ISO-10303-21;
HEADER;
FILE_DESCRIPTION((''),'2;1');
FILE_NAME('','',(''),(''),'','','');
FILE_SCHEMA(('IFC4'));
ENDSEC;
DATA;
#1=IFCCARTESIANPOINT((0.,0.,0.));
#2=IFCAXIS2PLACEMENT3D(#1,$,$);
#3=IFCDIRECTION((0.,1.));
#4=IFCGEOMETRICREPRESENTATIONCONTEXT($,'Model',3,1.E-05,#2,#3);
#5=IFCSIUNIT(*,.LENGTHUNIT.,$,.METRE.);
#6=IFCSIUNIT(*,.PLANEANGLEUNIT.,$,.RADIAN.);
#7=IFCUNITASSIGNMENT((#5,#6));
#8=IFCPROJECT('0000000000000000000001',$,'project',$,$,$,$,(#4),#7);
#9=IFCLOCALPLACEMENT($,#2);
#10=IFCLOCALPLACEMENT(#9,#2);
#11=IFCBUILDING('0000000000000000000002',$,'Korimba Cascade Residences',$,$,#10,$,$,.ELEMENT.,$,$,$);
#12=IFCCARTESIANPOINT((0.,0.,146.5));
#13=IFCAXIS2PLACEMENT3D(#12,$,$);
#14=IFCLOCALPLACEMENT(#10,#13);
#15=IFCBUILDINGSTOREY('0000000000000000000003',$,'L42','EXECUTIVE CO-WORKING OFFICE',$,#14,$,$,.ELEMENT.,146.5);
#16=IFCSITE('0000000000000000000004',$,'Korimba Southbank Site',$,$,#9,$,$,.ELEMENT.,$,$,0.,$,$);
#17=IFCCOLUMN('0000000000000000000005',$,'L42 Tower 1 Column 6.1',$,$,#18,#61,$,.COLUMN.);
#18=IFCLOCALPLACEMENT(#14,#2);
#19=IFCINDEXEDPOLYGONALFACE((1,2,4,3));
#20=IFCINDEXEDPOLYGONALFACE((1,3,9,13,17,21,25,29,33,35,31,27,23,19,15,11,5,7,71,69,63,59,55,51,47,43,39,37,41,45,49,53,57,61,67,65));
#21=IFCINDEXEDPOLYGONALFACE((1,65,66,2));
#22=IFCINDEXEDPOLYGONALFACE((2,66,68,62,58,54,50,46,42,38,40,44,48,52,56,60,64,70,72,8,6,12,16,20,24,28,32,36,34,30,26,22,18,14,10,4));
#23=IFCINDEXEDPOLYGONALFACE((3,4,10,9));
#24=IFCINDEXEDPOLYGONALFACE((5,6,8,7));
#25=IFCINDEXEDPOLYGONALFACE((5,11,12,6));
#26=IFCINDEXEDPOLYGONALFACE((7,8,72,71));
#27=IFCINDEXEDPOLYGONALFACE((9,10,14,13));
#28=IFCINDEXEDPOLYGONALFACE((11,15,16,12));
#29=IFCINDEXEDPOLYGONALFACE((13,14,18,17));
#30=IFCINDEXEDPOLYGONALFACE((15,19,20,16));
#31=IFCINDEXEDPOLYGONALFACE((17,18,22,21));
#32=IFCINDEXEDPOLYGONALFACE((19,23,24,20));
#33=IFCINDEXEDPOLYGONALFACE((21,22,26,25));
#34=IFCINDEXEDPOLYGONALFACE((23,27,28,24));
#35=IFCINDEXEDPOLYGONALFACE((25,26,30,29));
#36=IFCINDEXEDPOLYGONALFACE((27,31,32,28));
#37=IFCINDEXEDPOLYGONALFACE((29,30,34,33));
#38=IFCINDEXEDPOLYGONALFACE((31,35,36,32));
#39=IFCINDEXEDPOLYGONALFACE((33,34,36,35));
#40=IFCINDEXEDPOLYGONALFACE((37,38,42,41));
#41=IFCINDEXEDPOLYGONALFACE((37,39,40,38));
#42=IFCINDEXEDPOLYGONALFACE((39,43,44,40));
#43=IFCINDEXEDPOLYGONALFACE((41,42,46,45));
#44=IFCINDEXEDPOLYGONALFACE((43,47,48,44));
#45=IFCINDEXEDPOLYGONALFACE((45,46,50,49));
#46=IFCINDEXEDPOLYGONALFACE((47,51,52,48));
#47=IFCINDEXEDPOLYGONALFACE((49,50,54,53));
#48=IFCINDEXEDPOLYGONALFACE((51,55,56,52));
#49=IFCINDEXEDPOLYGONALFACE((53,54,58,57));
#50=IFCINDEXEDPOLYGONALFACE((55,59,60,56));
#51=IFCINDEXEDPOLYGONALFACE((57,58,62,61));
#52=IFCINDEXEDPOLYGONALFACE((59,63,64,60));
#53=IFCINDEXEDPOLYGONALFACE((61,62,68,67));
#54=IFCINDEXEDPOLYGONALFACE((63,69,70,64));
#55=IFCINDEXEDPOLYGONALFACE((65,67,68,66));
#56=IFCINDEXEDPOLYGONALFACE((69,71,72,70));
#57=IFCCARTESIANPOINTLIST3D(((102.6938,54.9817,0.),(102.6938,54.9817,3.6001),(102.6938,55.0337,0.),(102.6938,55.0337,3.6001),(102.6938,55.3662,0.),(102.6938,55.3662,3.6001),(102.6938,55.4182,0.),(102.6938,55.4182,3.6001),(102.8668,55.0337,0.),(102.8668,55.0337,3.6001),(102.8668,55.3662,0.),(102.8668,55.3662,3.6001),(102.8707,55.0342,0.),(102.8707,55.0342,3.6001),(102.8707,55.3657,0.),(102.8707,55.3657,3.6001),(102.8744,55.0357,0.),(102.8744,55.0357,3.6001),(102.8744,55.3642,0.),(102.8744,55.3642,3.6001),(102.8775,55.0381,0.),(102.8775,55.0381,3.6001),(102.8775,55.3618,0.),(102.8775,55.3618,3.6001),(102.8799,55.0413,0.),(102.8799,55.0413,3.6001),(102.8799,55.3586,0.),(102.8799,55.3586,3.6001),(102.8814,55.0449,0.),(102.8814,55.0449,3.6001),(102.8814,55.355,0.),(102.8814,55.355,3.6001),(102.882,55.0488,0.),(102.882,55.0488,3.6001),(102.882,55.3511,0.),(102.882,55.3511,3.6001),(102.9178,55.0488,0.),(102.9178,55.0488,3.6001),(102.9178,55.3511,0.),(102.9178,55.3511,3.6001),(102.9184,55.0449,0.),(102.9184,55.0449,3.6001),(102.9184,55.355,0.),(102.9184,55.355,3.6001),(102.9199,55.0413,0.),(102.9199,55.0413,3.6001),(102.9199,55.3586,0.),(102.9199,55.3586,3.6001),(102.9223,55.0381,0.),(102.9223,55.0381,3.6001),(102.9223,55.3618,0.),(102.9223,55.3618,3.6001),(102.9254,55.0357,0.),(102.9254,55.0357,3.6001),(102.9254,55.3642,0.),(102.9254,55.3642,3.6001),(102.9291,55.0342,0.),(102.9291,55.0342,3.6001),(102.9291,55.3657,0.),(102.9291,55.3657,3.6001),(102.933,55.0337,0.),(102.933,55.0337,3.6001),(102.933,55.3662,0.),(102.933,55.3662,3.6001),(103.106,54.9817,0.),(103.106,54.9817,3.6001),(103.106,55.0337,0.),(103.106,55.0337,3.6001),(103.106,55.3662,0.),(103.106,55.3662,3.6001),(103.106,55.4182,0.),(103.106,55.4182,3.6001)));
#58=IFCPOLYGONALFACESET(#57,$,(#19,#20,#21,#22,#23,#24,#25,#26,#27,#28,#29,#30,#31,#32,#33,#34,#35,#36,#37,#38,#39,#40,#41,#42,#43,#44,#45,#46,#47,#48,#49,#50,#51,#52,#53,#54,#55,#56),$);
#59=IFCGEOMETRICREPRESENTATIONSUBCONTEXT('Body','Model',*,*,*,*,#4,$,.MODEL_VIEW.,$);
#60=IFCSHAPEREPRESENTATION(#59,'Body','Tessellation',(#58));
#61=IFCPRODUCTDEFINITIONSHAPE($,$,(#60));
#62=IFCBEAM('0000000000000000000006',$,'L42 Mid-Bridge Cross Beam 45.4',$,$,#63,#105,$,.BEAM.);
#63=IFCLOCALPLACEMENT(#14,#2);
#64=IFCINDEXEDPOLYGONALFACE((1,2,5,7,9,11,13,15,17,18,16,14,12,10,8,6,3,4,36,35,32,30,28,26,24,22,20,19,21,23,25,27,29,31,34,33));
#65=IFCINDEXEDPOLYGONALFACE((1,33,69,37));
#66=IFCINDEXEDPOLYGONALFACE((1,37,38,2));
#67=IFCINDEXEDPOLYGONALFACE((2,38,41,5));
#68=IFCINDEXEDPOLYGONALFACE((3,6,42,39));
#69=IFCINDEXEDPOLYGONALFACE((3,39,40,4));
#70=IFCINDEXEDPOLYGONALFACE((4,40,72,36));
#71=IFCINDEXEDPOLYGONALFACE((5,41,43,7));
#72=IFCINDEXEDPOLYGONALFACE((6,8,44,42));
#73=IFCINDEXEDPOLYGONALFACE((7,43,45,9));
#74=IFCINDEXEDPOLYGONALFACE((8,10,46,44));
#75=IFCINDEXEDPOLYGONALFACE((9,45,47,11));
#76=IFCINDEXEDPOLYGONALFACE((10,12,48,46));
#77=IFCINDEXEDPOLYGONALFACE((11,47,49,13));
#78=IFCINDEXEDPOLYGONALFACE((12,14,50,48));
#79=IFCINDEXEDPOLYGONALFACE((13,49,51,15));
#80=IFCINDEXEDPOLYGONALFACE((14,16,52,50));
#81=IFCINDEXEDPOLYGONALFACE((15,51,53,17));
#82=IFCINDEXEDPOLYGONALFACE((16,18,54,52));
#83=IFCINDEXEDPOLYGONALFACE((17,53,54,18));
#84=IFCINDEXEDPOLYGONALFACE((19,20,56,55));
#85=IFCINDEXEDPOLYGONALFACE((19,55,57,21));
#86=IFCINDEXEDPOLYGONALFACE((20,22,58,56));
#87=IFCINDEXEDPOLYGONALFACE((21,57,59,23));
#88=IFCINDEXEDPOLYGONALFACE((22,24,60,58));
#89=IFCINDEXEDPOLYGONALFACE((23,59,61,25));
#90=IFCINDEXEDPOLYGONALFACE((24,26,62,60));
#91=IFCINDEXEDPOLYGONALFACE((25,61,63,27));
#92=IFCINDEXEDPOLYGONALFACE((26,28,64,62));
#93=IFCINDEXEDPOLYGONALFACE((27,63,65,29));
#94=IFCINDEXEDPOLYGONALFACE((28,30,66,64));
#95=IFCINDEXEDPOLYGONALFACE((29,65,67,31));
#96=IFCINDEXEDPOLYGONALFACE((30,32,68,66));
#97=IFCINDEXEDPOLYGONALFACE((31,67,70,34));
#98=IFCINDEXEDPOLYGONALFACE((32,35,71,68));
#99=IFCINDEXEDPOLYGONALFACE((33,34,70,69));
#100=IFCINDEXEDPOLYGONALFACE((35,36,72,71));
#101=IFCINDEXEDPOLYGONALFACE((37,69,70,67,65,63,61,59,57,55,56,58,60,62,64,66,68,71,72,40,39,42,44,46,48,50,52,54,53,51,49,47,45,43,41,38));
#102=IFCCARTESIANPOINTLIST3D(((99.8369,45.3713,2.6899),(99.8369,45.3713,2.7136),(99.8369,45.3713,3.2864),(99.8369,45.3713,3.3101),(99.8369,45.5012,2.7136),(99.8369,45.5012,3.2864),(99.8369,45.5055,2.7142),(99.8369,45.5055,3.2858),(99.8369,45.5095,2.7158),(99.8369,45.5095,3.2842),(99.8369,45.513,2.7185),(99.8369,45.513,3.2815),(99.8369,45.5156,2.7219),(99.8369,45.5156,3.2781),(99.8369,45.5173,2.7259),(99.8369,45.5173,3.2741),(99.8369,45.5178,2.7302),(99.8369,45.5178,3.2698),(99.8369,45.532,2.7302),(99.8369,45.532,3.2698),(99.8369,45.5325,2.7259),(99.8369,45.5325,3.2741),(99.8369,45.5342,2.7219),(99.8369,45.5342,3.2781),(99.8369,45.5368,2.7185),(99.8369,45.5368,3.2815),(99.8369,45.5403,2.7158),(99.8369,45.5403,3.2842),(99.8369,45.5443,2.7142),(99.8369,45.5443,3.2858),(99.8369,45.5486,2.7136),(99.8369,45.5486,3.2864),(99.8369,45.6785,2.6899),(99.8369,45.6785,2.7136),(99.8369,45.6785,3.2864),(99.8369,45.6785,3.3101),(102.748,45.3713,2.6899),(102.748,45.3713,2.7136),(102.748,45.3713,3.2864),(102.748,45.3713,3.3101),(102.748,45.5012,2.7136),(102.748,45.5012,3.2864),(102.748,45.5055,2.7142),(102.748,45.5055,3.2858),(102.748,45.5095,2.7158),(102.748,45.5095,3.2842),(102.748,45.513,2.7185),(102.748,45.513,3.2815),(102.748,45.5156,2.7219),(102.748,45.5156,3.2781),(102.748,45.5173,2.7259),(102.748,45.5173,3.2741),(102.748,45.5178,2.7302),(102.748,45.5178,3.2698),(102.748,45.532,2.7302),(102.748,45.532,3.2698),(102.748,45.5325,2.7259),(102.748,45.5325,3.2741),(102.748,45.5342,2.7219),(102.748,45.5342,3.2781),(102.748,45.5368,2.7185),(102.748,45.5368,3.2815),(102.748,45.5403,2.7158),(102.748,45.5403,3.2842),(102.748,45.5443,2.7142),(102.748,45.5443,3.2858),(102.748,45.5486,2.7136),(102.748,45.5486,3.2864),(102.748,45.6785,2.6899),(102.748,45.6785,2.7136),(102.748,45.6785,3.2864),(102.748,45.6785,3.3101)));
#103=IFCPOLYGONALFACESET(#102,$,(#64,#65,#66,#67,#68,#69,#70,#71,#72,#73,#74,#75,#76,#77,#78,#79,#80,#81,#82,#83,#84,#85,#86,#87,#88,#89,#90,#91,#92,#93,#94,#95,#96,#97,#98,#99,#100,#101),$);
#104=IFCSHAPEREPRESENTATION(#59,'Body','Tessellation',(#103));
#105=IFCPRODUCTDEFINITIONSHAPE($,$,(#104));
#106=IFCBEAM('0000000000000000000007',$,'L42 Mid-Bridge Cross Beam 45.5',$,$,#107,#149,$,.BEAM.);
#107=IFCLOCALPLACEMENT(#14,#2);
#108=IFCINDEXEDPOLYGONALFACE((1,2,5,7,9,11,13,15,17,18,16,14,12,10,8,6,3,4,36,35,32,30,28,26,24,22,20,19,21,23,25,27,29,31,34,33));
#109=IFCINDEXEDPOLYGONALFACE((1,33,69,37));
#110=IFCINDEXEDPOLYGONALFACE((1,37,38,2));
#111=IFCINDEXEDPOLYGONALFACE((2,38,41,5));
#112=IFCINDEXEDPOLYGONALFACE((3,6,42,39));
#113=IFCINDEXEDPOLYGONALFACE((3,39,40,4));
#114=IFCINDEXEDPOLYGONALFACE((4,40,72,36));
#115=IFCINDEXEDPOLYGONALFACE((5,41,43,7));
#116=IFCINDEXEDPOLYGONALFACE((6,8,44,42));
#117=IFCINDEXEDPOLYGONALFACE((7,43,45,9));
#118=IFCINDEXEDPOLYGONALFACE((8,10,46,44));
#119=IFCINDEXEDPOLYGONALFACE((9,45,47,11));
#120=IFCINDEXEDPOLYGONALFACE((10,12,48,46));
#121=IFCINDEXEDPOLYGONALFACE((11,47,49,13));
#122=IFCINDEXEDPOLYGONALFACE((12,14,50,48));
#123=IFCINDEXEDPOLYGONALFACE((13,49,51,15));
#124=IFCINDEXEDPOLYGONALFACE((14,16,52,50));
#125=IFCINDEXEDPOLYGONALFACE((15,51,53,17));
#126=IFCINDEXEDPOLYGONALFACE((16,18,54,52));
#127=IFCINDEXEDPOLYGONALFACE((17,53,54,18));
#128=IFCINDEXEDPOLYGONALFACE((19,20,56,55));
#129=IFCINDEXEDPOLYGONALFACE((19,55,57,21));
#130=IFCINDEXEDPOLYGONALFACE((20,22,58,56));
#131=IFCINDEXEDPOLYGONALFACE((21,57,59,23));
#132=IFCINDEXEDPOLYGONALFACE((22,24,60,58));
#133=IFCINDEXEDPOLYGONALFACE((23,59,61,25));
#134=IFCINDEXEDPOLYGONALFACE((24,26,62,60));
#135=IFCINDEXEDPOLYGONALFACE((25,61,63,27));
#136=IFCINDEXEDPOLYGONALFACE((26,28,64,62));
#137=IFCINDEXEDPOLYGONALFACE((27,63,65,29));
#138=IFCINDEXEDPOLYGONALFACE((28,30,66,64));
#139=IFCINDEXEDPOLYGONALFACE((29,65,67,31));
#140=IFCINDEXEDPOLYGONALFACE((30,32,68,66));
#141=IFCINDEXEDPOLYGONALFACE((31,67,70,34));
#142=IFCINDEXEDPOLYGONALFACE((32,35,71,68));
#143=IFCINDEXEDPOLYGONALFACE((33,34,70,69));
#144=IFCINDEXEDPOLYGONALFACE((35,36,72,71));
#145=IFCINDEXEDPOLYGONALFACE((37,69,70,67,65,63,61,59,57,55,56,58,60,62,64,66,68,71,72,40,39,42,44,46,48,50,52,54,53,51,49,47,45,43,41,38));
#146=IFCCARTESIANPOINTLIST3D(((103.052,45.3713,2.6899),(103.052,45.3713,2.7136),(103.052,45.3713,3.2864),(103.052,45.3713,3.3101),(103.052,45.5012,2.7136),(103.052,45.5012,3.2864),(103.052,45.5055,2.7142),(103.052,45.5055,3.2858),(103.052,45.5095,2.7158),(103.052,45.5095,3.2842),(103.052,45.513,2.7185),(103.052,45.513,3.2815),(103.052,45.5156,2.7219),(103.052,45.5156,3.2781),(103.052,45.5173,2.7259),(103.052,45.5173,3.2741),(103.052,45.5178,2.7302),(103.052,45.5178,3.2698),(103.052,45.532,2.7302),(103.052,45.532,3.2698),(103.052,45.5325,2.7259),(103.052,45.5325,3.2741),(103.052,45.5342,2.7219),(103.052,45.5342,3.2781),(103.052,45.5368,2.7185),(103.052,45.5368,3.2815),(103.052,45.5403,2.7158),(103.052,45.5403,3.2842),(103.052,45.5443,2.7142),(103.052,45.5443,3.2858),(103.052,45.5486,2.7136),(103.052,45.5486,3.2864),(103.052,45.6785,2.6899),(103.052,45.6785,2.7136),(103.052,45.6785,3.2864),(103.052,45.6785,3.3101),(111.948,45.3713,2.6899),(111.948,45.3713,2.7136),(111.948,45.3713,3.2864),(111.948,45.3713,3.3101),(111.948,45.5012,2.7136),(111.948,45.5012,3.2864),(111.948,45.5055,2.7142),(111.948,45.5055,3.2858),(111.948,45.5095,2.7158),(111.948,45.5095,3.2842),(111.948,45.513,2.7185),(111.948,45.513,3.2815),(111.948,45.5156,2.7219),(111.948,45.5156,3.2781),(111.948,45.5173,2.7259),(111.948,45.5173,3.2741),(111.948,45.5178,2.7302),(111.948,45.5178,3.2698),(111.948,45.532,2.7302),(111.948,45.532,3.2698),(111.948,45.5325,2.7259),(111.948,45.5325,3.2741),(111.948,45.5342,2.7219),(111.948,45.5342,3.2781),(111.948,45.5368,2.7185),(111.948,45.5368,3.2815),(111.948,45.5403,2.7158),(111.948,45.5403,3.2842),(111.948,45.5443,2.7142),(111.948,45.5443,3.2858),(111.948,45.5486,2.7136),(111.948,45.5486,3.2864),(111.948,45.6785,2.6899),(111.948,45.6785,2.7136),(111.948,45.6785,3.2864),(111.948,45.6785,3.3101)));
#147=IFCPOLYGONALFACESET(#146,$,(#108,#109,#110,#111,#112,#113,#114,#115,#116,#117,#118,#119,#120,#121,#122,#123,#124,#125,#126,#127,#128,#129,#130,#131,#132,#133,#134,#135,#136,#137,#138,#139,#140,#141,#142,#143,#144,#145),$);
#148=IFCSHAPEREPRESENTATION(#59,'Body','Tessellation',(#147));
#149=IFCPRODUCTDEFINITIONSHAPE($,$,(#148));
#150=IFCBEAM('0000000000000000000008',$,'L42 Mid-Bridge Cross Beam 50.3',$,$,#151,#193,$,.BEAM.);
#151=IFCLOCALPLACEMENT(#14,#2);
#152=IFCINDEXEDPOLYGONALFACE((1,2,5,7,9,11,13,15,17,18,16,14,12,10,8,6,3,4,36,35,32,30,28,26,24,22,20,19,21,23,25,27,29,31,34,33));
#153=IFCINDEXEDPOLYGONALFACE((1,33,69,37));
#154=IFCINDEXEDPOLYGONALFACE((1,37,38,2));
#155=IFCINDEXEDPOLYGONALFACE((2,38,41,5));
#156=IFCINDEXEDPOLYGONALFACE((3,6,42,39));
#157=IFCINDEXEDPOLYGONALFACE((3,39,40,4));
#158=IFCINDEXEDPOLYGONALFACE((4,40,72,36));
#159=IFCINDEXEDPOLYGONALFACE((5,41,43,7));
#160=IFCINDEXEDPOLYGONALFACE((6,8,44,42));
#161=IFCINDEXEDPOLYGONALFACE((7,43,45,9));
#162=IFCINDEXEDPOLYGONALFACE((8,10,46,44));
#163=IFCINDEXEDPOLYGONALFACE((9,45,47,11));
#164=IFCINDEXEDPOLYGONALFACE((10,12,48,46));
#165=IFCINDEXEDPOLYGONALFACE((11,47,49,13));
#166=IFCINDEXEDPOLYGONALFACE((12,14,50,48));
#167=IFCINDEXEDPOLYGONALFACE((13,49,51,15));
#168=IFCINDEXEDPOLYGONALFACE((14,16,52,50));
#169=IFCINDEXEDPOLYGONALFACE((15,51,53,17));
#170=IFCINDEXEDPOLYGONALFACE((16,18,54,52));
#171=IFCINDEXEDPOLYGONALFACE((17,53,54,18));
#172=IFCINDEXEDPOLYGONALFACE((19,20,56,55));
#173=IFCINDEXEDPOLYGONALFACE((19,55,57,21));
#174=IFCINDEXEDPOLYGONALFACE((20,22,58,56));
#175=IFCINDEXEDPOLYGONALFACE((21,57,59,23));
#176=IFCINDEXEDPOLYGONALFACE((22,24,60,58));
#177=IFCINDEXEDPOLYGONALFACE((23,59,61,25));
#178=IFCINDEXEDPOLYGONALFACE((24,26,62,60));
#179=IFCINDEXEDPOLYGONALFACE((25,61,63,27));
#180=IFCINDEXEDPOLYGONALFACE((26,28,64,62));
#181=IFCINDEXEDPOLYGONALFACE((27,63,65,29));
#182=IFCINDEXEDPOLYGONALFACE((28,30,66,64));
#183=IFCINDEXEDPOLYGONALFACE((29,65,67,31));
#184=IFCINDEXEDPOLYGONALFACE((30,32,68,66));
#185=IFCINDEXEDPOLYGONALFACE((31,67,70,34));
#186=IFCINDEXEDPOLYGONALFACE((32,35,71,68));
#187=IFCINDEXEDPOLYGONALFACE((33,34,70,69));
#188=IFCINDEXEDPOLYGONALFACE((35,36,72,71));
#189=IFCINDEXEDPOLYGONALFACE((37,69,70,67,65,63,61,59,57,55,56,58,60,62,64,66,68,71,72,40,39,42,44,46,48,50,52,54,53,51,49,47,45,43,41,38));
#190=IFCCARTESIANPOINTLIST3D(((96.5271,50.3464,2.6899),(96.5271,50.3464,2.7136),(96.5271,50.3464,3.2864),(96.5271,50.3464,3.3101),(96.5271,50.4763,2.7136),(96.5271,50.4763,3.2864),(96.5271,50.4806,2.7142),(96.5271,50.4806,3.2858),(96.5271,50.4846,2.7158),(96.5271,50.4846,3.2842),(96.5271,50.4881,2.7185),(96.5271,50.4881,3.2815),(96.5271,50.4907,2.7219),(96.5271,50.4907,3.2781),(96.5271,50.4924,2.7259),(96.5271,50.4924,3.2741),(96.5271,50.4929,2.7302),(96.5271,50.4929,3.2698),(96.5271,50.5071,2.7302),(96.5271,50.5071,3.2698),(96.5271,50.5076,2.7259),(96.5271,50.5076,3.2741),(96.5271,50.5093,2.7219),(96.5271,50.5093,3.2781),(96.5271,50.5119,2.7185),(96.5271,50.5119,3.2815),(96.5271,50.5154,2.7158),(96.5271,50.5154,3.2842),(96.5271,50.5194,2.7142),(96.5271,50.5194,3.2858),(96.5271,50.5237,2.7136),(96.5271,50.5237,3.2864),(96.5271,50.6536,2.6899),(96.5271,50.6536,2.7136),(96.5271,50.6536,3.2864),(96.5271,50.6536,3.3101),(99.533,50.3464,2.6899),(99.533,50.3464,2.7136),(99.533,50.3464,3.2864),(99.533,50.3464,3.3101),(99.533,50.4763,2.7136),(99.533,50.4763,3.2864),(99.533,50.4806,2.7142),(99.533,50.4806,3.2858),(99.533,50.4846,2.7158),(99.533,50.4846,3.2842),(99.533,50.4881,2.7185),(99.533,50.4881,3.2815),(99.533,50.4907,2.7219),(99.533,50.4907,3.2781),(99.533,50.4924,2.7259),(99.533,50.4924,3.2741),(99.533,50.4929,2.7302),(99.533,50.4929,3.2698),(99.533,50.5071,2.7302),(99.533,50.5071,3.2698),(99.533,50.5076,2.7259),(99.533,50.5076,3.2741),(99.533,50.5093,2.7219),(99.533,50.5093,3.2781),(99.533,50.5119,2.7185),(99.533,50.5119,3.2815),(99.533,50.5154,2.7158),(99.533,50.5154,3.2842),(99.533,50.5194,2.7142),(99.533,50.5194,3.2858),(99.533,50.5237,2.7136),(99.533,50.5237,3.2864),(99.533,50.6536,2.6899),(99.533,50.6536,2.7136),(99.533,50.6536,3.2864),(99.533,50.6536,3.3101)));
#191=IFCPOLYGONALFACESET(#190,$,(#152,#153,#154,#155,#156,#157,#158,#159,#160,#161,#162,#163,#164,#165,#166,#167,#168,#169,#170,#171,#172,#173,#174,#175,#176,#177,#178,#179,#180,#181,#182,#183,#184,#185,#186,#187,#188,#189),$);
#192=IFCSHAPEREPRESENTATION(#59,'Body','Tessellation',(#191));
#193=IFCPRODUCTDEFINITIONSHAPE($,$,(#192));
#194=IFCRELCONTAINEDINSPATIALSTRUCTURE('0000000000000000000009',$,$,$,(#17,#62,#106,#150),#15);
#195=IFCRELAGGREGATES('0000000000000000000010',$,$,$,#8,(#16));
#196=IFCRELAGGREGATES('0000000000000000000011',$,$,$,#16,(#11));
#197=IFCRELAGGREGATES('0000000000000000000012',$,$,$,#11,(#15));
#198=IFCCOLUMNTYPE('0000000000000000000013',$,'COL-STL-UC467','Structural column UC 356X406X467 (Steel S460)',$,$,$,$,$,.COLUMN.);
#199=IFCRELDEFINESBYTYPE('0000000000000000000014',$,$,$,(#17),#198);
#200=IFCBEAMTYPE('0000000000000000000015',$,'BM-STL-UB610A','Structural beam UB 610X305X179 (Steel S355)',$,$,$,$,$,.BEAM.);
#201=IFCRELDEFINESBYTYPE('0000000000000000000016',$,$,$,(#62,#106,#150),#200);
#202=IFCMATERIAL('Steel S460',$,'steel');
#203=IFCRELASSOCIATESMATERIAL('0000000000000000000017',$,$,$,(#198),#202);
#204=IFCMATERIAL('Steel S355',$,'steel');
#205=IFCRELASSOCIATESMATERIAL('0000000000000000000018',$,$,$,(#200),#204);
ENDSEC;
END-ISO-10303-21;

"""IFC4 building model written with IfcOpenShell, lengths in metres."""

from ifc_helpers import new_model, si_unit, direction, frame, origin, origin_2d, place, context, subcontext, project, spatial, i_section, extrude, material, material_profile, profile_set, type_object, element, save


model = new_model("IFC4")

# Units and contexts
model_context = context("Model", 3, precision=1e-05, world=origin(), true_north=direction((0.0, 1.0)))
body_context = subcontext(model_context, "Body", "Model", "MODEL_VIEW")
ifc_project = project(units=[si_unit("LENGTHUNIT", "METRE"), si_unit("PLANEANGLEUNIT", "RADIAN")], contexts=[model_context])

# Site, building, storey
site_placement = place(None, origin())
site = spatial("IfcSite", under=ifc_project, at=site_placement, Name="Korimba Southbank Site", CompositionType="ELEMENT", RefElevation=0.0)
building_placement = place(site_placement, origin())
building = spatial("IfcBuilding", under=site, at=building_placement, Name="Korimba Cascade Residences", CompositionType="ELEMENT")
storey_placement = place(building_placement, frame((0.0, 0.0, 146.5)))
storey = spatial("IfcBuildingStorey", under=building, at=storey_placement, Name="L42", Description="EXECUTIVE CO-WORKING OFFICE", CompositionType="ELEMENT", Elevation=146.5)

# Column
ifc_material_1 = material(Name="Steel S460", Category="steel")
ifc_material_profile_1 = material_profile(ifc_material_1, i_section(OverallWidth=0.4121, OverallDepth=0.4365, WebThickness=0.0359, FlangeThickness=0.052, FilletRadius=0.0151, at=origin_2d()), Name="Steel S460")
ifc_profile_set_1 = profile_set([ifc_material_profile_1], Name="Steel S460")
column_type = type_object("IfcColumnType", Name="COL-STL-UC467", Description="Structural column UC 356X406X467 (Steel S460)", PredefinedType="COLUMN", material=ifc_profile_set_1)
column_placement = place(storey_placement, frame((102.8999, 55.2, 0.0), z_axis=(0.0, 0.0, 1.0), x_axis=(1.0, 0.0, 0.0)))
element("IfcColumn", 1, at=column_placement, inside=storey, type_object=column_type, Name="L42 Tower 1 Column 6.1", PredefinedType="COLUMN", context=body_context, shape_type="SweptSolid", body=[
    extrude(i_section(OverallWidth=0.4121, OverallDepth=0.4365, WebThickness=0.0359, FlangeThickness=0.052, FilletRadius=0.0151, at=origin_2d()), origin(), (0.0, 0.0, 1.0), 3.6001),
])

# Beams
ifc_material_2 = material(Name="Steel S355", Category="steel")
ifc_material_profile_2 = material_profile(ifc_material_2, i_section(OverallWidth=0.3071, OverallDepth=0.6201, WebThickness=0.0142, FlangeThickness=0.0237, FilletRadius=0.0166, at=origin_2d()), Name="Steel S355")
ifc_profile_set_2 = profile_set([ifc_material_profile_2], Name="Steel S355")
beam_type_1 = type_object("IfcBeamType", Name="BM-STL-UB610A", Description="Structural beam UB 610X305X179 (Steel S355)", PredefinedType="BEAM", material=ifc_profile_set_2)
beam_1_placement = place(storey_placement, frame((99.8369, 45.5249, 3.0), z_axis=(1.0, 0.0, 0.0), x_axis=(0.0, 1.0, 0.0)))
element("IfcBeam", 2, at=beam_1_placement, inside=storey, type_object=beam_type_1, Name="L42 Mid-Bridge Cross Beam 45.4", PredefinedType="BEAM", context=body_context, shape_type="SweptSolid", body=[
    extrude(i_section(OverallWidth=0.3071, OverallDepth=0.6201, WebThickness=0.0142, FlangeThickness=0.0237, FilletRadius=0.0166, at=origin_2d()), origin(), (0.0, 0.0, 1.0), 2.9111),
])
beam_2_placement = place(storey_placement, frame((103.052, 45.5249, 3.0), z_axis=(1.0, 0.0, 0.0), x_axis=(0.0, 1.0, 0.0)))
element("IfcBeam", 3, at=beam_2_placement, inside=storey, type_object=beam_type_1, Name="L42 Mid-Bridge Cross Beam 45.5", PredefinedType="BEAM", context=body_context, shape_type="SweptSolid", body=[
    extrude(i_section(OverallWidth=0.3071, OverallDepth=0.6201, WebThickness=0.0142, FlangeThickness=0.0237, FilletRadius=0.0166, at=origin_2d()), origin(), (0.0, 0.0, 1.0), 8.896),
])
beam_3_placement = place(storey_placement, frame((96.5271, 50.5, 3.0), z_axis=(1.0, 0.0, 0.0), x_axis=(0.0, 1.0, 0.0)))
element("IfcBeam", 4, at=beam_3_placement, inside=storey, type_object=beam_type_1, Name="L42 Mid-Bridge Cross Beam 50.3", PredefinedType="BEAM", context=body_context, shape_type="SweptSolid", body=[
    extrude(i_section(OverallWidth=0.3071, OverallDepth=0.6201, WebThickness=0.0142, FlangeThickness=0.0237, FilletRadius=0.0166, at=origin_2d()), origin(), (0.0, 0.0, 1.0), 3.0059),
])

save(model, "model.ifc")
